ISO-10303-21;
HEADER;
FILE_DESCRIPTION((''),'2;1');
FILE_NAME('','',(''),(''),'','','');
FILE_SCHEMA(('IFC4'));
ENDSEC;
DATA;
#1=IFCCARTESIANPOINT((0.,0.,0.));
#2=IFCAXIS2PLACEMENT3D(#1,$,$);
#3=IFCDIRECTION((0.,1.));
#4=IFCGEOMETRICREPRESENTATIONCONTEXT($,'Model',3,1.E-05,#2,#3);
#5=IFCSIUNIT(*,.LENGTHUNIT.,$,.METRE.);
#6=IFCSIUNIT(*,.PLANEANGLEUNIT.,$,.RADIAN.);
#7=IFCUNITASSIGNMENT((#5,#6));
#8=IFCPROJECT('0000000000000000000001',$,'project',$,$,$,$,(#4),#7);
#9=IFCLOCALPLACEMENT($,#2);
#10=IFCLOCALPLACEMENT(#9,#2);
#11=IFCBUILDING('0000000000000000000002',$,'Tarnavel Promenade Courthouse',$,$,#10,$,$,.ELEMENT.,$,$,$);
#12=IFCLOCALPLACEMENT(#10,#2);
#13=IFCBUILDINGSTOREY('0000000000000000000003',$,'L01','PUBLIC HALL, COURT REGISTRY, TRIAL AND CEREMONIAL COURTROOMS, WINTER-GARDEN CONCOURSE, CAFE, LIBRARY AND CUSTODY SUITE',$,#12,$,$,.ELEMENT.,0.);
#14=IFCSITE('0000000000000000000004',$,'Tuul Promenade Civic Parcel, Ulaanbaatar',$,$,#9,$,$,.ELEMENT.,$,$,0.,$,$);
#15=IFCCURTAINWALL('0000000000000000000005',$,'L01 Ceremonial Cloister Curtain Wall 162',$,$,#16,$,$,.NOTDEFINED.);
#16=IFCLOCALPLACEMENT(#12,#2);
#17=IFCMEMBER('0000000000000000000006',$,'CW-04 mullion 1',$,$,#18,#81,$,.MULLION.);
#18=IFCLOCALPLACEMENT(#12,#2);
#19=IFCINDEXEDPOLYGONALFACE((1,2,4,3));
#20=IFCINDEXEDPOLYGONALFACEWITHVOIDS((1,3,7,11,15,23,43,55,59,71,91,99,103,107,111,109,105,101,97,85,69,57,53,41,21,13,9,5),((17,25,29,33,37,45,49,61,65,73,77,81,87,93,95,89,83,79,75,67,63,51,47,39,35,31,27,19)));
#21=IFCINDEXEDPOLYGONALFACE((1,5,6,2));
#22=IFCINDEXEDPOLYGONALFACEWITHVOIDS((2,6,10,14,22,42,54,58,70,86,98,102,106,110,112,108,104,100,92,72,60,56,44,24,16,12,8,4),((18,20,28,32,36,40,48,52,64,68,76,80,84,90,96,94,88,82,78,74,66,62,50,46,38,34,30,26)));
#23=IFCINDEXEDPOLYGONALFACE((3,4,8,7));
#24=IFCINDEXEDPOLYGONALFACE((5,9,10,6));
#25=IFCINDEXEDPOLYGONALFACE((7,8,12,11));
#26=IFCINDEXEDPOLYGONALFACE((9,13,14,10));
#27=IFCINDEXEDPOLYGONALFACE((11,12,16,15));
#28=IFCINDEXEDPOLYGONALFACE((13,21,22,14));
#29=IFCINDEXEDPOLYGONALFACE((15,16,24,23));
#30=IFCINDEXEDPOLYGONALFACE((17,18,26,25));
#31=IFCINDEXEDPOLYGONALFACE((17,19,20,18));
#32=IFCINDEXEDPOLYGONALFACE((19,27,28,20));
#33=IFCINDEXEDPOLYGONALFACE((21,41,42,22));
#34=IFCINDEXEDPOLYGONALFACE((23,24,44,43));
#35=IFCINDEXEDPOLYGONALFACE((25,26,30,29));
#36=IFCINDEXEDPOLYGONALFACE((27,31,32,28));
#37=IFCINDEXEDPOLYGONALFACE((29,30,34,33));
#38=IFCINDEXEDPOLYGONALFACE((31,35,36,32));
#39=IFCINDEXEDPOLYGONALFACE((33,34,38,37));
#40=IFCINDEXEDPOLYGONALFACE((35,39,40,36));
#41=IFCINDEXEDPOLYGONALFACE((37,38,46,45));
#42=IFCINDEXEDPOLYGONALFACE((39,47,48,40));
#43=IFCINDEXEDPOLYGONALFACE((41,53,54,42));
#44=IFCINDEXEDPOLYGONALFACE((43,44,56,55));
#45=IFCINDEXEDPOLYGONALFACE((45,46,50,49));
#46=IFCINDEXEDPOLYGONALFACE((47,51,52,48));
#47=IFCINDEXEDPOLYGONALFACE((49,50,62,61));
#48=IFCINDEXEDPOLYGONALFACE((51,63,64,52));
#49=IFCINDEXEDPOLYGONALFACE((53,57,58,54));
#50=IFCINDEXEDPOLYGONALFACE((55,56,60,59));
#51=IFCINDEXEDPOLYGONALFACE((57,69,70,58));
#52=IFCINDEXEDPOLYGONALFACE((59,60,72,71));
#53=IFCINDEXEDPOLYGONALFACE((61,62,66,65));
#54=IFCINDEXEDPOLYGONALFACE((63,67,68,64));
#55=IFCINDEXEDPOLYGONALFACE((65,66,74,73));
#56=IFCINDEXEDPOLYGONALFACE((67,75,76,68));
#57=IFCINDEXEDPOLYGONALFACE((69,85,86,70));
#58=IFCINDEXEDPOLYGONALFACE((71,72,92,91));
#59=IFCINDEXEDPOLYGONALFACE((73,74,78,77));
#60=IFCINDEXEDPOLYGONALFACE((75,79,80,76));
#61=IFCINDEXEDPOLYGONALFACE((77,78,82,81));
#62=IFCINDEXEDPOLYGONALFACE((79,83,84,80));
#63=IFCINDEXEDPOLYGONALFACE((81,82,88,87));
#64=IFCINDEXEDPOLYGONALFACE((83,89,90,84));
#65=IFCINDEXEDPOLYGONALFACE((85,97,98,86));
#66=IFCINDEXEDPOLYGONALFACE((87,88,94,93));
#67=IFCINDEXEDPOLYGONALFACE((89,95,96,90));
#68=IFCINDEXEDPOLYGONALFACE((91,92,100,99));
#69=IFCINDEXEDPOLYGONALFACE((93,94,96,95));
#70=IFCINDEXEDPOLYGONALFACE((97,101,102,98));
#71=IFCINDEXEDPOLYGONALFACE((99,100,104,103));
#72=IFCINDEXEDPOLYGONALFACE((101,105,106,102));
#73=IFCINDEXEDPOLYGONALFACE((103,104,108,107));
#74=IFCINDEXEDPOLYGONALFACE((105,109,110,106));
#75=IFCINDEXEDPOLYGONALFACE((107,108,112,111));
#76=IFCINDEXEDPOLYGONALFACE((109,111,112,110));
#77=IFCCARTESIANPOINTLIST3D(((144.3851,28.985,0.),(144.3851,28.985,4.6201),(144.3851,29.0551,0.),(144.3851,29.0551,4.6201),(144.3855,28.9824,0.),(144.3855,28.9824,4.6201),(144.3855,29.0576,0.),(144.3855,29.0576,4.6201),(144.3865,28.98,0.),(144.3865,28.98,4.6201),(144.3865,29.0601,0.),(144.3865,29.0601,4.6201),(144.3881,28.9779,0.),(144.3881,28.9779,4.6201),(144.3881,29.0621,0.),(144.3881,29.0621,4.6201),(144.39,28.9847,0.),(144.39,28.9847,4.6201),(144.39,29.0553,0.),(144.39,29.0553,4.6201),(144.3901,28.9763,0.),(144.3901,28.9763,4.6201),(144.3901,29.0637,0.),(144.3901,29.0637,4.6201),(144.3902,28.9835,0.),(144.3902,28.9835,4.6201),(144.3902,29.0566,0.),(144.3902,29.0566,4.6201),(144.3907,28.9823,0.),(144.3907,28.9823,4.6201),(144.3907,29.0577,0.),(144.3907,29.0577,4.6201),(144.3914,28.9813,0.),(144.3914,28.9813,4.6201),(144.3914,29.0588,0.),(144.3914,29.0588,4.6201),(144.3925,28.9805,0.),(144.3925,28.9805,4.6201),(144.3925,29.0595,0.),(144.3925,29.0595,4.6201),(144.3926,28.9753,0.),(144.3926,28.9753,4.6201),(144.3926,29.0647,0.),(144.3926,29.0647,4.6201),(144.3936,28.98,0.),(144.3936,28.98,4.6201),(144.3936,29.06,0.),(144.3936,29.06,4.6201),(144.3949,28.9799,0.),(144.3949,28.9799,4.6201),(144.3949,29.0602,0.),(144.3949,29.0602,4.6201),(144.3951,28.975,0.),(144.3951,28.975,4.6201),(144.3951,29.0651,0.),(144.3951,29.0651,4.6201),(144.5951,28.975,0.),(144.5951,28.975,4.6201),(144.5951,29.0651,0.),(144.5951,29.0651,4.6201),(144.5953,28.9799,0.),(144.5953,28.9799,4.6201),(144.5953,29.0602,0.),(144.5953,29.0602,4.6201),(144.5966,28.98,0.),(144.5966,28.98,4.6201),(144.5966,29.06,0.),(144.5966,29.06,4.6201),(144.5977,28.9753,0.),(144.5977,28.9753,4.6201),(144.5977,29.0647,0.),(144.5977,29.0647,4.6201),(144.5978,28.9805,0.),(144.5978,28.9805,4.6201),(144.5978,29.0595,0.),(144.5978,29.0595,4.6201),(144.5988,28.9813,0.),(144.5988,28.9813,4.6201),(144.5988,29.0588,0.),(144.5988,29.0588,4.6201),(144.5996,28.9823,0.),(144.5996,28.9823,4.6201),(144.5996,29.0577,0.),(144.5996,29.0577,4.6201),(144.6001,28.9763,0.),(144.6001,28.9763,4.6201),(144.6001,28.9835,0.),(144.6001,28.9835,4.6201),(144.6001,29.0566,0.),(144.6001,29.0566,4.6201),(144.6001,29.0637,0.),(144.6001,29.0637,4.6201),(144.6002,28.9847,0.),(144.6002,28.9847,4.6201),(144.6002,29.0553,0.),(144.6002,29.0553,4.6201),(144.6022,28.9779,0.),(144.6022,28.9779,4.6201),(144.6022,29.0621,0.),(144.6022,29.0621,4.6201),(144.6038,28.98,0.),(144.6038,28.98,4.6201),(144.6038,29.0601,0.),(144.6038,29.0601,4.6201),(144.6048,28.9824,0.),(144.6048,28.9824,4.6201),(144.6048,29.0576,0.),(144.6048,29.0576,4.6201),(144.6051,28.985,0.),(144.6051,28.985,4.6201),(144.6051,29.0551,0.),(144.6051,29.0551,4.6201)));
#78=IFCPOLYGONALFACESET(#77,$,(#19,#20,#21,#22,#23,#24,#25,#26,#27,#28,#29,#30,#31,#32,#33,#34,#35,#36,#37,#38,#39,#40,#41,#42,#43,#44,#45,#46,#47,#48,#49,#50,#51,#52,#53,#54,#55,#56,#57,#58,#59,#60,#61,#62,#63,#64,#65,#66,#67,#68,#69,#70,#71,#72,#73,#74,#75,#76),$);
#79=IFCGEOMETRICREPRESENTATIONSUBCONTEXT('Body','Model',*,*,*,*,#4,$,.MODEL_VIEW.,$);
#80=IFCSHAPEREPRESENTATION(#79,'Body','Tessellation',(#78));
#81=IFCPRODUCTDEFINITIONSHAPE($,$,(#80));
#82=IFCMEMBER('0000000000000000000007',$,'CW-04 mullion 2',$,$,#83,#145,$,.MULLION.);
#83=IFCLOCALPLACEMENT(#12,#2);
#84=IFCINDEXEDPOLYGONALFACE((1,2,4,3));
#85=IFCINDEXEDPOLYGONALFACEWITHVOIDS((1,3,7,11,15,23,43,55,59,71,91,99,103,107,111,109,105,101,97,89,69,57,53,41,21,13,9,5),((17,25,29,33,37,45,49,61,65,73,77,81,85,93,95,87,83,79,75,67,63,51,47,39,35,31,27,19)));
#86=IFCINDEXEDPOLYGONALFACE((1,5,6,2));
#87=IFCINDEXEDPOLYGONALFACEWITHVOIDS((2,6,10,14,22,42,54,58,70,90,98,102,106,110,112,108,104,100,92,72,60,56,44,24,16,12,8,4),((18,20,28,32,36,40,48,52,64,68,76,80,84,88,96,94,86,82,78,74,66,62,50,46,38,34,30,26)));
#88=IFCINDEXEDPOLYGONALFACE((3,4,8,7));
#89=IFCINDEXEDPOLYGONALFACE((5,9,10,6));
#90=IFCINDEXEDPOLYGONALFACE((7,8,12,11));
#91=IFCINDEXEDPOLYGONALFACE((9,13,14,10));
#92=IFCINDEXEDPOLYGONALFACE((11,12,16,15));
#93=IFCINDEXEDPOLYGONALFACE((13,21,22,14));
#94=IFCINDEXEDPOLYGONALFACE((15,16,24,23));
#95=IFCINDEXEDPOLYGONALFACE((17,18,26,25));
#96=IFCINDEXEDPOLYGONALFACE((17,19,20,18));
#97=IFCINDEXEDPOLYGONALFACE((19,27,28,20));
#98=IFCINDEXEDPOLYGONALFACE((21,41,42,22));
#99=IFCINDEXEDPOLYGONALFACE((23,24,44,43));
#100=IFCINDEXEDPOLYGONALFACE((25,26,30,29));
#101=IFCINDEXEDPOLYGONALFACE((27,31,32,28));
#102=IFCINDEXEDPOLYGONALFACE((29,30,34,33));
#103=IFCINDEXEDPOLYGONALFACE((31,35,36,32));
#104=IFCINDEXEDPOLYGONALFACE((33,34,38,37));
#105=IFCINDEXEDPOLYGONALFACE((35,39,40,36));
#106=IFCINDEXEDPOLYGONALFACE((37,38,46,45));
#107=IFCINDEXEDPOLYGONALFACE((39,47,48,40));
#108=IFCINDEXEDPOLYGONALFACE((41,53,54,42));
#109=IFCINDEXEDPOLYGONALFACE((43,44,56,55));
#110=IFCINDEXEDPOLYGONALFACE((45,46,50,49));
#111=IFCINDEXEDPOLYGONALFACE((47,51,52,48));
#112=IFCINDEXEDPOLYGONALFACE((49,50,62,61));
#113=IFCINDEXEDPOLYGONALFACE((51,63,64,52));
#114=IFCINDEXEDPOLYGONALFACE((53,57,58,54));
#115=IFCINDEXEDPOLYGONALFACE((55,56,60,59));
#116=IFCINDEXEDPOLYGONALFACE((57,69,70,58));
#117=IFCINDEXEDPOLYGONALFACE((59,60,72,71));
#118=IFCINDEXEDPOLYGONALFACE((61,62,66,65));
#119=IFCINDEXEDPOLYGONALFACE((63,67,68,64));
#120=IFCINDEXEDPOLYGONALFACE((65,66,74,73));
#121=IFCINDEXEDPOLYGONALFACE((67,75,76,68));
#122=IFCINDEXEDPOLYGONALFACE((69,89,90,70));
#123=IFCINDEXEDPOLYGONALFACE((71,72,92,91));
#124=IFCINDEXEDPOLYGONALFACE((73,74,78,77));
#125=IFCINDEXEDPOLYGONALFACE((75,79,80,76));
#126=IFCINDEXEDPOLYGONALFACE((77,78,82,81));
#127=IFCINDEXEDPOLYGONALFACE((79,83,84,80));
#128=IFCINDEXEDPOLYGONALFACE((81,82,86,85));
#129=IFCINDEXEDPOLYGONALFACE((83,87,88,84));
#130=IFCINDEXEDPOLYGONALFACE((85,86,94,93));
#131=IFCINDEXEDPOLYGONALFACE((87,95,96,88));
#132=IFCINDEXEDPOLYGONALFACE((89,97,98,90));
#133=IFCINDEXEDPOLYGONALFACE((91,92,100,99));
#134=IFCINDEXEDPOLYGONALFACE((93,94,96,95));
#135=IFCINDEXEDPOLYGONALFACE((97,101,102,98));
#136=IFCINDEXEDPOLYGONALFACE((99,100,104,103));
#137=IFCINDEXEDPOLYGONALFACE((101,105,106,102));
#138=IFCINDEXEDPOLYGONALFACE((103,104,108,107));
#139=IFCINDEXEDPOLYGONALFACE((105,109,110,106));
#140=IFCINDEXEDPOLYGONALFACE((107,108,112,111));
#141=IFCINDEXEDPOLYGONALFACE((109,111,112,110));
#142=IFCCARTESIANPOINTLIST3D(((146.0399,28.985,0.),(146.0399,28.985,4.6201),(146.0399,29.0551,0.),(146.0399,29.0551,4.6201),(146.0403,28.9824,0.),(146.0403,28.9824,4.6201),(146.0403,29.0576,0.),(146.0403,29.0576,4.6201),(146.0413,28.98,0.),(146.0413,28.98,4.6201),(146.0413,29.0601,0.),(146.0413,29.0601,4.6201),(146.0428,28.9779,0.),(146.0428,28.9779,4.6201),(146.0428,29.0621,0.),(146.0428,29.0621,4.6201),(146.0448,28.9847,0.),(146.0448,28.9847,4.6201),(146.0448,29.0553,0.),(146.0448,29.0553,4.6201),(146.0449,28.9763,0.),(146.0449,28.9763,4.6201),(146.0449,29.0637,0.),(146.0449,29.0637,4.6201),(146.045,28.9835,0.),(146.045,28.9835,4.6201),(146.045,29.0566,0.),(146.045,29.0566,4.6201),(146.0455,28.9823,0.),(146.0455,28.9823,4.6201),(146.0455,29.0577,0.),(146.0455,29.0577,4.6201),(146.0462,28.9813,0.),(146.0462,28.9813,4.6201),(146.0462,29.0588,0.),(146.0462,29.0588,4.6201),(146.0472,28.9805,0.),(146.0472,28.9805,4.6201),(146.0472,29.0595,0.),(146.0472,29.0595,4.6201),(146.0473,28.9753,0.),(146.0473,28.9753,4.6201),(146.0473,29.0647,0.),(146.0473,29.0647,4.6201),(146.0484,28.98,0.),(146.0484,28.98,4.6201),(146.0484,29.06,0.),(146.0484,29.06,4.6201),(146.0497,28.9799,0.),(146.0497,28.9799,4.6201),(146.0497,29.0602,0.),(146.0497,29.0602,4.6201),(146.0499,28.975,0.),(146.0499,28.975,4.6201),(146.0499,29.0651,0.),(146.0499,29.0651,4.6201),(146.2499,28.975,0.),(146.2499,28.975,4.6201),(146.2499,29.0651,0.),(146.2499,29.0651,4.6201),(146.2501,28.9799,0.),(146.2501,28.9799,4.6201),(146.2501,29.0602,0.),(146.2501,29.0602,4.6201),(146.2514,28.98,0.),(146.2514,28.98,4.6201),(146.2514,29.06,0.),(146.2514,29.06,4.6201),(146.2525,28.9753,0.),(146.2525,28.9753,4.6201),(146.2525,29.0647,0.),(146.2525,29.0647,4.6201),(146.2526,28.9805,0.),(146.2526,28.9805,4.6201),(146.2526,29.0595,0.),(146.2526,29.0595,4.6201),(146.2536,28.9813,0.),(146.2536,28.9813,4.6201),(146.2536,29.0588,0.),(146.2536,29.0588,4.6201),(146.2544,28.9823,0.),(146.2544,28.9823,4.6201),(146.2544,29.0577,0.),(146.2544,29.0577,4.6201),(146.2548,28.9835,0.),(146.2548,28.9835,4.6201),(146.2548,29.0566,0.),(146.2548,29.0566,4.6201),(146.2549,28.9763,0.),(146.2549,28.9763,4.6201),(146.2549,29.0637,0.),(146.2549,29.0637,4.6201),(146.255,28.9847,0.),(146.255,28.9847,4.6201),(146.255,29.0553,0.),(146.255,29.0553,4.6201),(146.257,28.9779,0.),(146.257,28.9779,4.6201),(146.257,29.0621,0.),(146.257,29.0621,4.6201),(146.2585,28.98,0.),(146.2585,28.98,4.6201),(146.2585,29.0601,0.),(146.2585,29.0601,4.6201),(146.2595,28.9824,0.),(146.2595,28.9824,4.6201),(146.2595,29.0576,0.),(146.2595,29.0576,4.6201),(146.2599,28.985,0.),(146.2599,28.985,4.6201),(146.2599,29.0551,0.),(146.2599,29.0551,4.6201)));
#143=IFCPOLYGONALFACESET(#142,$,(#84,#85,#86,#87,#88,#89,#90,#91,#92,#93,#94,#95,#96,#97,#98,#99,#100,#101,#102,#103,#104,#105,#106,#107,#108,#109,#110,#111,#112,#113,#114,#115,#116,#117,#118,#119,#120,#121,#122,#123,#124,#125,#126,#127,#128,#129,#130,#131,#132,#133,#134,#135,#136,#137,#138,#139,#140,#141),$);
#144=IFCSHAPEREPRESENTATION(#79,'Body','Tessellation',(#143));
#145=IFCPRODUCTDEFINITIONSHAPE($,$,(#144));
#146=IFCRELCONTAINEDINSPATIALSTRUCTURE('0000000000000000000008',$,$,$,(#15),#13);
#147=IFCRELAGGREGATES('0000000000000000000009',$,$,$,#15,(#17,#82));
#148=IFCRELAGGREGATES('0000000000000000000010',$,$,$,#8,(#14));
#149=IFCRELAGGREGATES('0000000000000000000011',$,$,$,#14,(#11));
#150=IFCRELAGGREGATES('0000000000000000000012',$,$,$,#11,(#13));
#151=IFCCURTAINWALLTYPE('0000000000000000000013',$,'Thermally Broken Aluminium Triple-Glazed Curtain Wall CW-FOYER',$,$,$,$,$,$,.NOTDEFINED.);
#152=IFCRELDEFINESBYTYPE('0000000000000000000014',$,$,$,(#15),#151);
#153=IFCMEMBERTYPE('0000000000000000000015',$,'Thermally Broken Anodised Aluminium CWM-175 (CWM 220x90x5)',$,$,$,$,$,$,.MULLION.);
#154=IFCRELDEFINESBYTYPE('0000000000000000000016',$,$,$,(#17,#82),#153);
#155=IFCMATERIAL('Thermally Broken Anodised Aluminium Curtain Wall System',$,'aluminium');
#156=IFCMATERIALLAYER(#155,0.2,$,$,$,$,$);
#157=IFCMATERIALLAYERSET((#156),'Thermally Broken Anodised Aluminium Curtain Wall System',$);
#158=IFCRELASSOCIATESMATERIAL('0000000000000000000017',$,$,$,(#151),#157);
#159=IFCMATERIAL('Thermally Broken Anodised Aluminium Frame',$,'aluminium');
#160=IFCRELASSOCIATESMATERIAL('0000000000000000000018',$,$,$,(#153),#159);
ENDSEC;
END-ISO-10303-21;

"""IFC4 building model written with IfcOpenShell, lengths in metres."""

from ifc_helpers import new_model, si_unit, direction, frame, origin, origin_2d, place, context, subcontext, project, spatial, hollow_rectangle, extrude, material, layer, layer_set, material_profile, profile_set, type_object, element, aggregate, save


model = new_model("IFC4")

# Units and contexts
model_context = context("Model", 3, precision=1e-05, world=origin(), true_north=direction((0.0, 1.0)))
body_context = subcontext(model_context, "Body", "Model", "MODEL_VIEW")
ifc_project = project(units=[si_unit("LENGTHUNIT", "METRE"), si_unit("PLANEANGLEUNIT", "RADIAN")], contexts=[model_context])

# Site, building, storey
site_placement = place(None, origin())
site = spatial("IfcSite", under=ifc_project, at=site_placement, Name="Tuul Promenade Civic Parcel, Ulaanbaatar", CompositionType="ELEMENT", RefElevation=0.0)
building_placement = place(site_placement, origin())
building = spatial("IfcBuilding", under=site, at=building_placement, Name="Tarnavel Promenade Courthouse", CompositionType="ELEMENT")
storey_placement = place(building_placement, origin())
storey = spatial("IfcBuildingStorey", under=building, at=storey_placement, Name="L01", Description="PUBLIC HALL, COURT REGISTRY, TRIAL AND CEREMONIAL COURTROOMS, WINTER-GARDEN CONCOURSE, CAFE, LIBRARY AND CUSTODY SUITE", CompositionType="ELEMENT", Elevation=0.0)

# Curtain wall, members
ifc_material_1 = material(Name="Thermally Broken Anodised Aluminium Curtain Wall System", Category="aluminium")
ifc_layer_1 = layer(ifc_material_1, 0.2)
ifc_layer_set_1 = layer_set([ifc_layer_1], Name="Thermally Broken Anodised Aluminium Curtain Wall System")
curtain_wall_type = type_object("IfcCurtainWallType", Name="Thermally Broken Aluminium Triple-Glazed Curtain Wall CW-FOYER", PredefinedType="NOTDEFINED", material=ifc_layer_set_1)
ifc_material_2 = material(Name="Thermally Broken Anodised Aluminium Frame", Category="aluminium")
ifc_material_profile_1 = material_profile(ifc_material_2, hollow_rectangle(XDim=0.0901, YDim=0.22, WallThickness=0.0049, InnerFilletRadius=0.0049, OuterFilletRadius=0.01, at=origin_2d()), Name="CWM 220x90x5")
ifc_profile_set_1 = profile_set([ifc_material_profile_1], Name="Thermally Broken Anodised Aluminium Frame")
member_type_1 = type_object("IfcMemberType", Name="Thermally Broken Anodised Aluminium CWM-175 (CWM 220x90x5)", PredefinedType="MULLION", material=ifc_profile_set_1)
curtain_wall_1_placement = place(storey_placement, origin())
curtain_wall_1 = element("IfcCurtainWall", 1, at=curtain_wall_1_placement, inside=storey, type_object=curtain_wall_type, Name="L01 Ceremonial Cloister Curtain Wall 162", PredefinedType="NOTDEFINED")
member_1_placement = place(storey_placement, frame((144.4951, 29.02, 0.0), z_axis=(0.0, 0.0, 1.0), x_axis=(0.0, 1.0, 0.0)))
member_1 = element("IfcMember", 2, at=member_1_placement, type_object=member_type_1, Name="CW-04 mullion 1", PredefinedType="MULLION", context=body_context, shape_type="SweptSolid", body=[
    extrude(hollow_rectangle(XDim=0.0901, YDim=0.22, WallThickness=0.0049, InnerFilletRadius=0.0049, OuterFilletRadius=0.01, at=origin_2d()), origin(), (0.0, 0.0, 1.0), 4.6201),
])
member_2_placement = place(storey_placement, frame((146.1499, 29.02, 0.0), z_axis=(0.0, 0.0, 1.0), x_axis=(0.0, 1.0, 0.0)))
member_2 = element("IfcMember", 3, at=member_2_placement, type_object=member_type_1, Name="CW-04 mullion 2", PredefinedType="MULLION", context=body_context, shape_type="SweptSolid", body=[
    extrude(hollow_rectangle(XDim=0.0901, YDim=0.22, WallThickness=0.0049, InnerFilletRadius=0.0049, OuterFilletRadius=0.01, at=origin_2d()), origin(), (0.0, 0.0, 1.0), 4.6201),
])

aggregate(curtain_wall_1, [member_1, member_2])

save(model, "model.ifc")
